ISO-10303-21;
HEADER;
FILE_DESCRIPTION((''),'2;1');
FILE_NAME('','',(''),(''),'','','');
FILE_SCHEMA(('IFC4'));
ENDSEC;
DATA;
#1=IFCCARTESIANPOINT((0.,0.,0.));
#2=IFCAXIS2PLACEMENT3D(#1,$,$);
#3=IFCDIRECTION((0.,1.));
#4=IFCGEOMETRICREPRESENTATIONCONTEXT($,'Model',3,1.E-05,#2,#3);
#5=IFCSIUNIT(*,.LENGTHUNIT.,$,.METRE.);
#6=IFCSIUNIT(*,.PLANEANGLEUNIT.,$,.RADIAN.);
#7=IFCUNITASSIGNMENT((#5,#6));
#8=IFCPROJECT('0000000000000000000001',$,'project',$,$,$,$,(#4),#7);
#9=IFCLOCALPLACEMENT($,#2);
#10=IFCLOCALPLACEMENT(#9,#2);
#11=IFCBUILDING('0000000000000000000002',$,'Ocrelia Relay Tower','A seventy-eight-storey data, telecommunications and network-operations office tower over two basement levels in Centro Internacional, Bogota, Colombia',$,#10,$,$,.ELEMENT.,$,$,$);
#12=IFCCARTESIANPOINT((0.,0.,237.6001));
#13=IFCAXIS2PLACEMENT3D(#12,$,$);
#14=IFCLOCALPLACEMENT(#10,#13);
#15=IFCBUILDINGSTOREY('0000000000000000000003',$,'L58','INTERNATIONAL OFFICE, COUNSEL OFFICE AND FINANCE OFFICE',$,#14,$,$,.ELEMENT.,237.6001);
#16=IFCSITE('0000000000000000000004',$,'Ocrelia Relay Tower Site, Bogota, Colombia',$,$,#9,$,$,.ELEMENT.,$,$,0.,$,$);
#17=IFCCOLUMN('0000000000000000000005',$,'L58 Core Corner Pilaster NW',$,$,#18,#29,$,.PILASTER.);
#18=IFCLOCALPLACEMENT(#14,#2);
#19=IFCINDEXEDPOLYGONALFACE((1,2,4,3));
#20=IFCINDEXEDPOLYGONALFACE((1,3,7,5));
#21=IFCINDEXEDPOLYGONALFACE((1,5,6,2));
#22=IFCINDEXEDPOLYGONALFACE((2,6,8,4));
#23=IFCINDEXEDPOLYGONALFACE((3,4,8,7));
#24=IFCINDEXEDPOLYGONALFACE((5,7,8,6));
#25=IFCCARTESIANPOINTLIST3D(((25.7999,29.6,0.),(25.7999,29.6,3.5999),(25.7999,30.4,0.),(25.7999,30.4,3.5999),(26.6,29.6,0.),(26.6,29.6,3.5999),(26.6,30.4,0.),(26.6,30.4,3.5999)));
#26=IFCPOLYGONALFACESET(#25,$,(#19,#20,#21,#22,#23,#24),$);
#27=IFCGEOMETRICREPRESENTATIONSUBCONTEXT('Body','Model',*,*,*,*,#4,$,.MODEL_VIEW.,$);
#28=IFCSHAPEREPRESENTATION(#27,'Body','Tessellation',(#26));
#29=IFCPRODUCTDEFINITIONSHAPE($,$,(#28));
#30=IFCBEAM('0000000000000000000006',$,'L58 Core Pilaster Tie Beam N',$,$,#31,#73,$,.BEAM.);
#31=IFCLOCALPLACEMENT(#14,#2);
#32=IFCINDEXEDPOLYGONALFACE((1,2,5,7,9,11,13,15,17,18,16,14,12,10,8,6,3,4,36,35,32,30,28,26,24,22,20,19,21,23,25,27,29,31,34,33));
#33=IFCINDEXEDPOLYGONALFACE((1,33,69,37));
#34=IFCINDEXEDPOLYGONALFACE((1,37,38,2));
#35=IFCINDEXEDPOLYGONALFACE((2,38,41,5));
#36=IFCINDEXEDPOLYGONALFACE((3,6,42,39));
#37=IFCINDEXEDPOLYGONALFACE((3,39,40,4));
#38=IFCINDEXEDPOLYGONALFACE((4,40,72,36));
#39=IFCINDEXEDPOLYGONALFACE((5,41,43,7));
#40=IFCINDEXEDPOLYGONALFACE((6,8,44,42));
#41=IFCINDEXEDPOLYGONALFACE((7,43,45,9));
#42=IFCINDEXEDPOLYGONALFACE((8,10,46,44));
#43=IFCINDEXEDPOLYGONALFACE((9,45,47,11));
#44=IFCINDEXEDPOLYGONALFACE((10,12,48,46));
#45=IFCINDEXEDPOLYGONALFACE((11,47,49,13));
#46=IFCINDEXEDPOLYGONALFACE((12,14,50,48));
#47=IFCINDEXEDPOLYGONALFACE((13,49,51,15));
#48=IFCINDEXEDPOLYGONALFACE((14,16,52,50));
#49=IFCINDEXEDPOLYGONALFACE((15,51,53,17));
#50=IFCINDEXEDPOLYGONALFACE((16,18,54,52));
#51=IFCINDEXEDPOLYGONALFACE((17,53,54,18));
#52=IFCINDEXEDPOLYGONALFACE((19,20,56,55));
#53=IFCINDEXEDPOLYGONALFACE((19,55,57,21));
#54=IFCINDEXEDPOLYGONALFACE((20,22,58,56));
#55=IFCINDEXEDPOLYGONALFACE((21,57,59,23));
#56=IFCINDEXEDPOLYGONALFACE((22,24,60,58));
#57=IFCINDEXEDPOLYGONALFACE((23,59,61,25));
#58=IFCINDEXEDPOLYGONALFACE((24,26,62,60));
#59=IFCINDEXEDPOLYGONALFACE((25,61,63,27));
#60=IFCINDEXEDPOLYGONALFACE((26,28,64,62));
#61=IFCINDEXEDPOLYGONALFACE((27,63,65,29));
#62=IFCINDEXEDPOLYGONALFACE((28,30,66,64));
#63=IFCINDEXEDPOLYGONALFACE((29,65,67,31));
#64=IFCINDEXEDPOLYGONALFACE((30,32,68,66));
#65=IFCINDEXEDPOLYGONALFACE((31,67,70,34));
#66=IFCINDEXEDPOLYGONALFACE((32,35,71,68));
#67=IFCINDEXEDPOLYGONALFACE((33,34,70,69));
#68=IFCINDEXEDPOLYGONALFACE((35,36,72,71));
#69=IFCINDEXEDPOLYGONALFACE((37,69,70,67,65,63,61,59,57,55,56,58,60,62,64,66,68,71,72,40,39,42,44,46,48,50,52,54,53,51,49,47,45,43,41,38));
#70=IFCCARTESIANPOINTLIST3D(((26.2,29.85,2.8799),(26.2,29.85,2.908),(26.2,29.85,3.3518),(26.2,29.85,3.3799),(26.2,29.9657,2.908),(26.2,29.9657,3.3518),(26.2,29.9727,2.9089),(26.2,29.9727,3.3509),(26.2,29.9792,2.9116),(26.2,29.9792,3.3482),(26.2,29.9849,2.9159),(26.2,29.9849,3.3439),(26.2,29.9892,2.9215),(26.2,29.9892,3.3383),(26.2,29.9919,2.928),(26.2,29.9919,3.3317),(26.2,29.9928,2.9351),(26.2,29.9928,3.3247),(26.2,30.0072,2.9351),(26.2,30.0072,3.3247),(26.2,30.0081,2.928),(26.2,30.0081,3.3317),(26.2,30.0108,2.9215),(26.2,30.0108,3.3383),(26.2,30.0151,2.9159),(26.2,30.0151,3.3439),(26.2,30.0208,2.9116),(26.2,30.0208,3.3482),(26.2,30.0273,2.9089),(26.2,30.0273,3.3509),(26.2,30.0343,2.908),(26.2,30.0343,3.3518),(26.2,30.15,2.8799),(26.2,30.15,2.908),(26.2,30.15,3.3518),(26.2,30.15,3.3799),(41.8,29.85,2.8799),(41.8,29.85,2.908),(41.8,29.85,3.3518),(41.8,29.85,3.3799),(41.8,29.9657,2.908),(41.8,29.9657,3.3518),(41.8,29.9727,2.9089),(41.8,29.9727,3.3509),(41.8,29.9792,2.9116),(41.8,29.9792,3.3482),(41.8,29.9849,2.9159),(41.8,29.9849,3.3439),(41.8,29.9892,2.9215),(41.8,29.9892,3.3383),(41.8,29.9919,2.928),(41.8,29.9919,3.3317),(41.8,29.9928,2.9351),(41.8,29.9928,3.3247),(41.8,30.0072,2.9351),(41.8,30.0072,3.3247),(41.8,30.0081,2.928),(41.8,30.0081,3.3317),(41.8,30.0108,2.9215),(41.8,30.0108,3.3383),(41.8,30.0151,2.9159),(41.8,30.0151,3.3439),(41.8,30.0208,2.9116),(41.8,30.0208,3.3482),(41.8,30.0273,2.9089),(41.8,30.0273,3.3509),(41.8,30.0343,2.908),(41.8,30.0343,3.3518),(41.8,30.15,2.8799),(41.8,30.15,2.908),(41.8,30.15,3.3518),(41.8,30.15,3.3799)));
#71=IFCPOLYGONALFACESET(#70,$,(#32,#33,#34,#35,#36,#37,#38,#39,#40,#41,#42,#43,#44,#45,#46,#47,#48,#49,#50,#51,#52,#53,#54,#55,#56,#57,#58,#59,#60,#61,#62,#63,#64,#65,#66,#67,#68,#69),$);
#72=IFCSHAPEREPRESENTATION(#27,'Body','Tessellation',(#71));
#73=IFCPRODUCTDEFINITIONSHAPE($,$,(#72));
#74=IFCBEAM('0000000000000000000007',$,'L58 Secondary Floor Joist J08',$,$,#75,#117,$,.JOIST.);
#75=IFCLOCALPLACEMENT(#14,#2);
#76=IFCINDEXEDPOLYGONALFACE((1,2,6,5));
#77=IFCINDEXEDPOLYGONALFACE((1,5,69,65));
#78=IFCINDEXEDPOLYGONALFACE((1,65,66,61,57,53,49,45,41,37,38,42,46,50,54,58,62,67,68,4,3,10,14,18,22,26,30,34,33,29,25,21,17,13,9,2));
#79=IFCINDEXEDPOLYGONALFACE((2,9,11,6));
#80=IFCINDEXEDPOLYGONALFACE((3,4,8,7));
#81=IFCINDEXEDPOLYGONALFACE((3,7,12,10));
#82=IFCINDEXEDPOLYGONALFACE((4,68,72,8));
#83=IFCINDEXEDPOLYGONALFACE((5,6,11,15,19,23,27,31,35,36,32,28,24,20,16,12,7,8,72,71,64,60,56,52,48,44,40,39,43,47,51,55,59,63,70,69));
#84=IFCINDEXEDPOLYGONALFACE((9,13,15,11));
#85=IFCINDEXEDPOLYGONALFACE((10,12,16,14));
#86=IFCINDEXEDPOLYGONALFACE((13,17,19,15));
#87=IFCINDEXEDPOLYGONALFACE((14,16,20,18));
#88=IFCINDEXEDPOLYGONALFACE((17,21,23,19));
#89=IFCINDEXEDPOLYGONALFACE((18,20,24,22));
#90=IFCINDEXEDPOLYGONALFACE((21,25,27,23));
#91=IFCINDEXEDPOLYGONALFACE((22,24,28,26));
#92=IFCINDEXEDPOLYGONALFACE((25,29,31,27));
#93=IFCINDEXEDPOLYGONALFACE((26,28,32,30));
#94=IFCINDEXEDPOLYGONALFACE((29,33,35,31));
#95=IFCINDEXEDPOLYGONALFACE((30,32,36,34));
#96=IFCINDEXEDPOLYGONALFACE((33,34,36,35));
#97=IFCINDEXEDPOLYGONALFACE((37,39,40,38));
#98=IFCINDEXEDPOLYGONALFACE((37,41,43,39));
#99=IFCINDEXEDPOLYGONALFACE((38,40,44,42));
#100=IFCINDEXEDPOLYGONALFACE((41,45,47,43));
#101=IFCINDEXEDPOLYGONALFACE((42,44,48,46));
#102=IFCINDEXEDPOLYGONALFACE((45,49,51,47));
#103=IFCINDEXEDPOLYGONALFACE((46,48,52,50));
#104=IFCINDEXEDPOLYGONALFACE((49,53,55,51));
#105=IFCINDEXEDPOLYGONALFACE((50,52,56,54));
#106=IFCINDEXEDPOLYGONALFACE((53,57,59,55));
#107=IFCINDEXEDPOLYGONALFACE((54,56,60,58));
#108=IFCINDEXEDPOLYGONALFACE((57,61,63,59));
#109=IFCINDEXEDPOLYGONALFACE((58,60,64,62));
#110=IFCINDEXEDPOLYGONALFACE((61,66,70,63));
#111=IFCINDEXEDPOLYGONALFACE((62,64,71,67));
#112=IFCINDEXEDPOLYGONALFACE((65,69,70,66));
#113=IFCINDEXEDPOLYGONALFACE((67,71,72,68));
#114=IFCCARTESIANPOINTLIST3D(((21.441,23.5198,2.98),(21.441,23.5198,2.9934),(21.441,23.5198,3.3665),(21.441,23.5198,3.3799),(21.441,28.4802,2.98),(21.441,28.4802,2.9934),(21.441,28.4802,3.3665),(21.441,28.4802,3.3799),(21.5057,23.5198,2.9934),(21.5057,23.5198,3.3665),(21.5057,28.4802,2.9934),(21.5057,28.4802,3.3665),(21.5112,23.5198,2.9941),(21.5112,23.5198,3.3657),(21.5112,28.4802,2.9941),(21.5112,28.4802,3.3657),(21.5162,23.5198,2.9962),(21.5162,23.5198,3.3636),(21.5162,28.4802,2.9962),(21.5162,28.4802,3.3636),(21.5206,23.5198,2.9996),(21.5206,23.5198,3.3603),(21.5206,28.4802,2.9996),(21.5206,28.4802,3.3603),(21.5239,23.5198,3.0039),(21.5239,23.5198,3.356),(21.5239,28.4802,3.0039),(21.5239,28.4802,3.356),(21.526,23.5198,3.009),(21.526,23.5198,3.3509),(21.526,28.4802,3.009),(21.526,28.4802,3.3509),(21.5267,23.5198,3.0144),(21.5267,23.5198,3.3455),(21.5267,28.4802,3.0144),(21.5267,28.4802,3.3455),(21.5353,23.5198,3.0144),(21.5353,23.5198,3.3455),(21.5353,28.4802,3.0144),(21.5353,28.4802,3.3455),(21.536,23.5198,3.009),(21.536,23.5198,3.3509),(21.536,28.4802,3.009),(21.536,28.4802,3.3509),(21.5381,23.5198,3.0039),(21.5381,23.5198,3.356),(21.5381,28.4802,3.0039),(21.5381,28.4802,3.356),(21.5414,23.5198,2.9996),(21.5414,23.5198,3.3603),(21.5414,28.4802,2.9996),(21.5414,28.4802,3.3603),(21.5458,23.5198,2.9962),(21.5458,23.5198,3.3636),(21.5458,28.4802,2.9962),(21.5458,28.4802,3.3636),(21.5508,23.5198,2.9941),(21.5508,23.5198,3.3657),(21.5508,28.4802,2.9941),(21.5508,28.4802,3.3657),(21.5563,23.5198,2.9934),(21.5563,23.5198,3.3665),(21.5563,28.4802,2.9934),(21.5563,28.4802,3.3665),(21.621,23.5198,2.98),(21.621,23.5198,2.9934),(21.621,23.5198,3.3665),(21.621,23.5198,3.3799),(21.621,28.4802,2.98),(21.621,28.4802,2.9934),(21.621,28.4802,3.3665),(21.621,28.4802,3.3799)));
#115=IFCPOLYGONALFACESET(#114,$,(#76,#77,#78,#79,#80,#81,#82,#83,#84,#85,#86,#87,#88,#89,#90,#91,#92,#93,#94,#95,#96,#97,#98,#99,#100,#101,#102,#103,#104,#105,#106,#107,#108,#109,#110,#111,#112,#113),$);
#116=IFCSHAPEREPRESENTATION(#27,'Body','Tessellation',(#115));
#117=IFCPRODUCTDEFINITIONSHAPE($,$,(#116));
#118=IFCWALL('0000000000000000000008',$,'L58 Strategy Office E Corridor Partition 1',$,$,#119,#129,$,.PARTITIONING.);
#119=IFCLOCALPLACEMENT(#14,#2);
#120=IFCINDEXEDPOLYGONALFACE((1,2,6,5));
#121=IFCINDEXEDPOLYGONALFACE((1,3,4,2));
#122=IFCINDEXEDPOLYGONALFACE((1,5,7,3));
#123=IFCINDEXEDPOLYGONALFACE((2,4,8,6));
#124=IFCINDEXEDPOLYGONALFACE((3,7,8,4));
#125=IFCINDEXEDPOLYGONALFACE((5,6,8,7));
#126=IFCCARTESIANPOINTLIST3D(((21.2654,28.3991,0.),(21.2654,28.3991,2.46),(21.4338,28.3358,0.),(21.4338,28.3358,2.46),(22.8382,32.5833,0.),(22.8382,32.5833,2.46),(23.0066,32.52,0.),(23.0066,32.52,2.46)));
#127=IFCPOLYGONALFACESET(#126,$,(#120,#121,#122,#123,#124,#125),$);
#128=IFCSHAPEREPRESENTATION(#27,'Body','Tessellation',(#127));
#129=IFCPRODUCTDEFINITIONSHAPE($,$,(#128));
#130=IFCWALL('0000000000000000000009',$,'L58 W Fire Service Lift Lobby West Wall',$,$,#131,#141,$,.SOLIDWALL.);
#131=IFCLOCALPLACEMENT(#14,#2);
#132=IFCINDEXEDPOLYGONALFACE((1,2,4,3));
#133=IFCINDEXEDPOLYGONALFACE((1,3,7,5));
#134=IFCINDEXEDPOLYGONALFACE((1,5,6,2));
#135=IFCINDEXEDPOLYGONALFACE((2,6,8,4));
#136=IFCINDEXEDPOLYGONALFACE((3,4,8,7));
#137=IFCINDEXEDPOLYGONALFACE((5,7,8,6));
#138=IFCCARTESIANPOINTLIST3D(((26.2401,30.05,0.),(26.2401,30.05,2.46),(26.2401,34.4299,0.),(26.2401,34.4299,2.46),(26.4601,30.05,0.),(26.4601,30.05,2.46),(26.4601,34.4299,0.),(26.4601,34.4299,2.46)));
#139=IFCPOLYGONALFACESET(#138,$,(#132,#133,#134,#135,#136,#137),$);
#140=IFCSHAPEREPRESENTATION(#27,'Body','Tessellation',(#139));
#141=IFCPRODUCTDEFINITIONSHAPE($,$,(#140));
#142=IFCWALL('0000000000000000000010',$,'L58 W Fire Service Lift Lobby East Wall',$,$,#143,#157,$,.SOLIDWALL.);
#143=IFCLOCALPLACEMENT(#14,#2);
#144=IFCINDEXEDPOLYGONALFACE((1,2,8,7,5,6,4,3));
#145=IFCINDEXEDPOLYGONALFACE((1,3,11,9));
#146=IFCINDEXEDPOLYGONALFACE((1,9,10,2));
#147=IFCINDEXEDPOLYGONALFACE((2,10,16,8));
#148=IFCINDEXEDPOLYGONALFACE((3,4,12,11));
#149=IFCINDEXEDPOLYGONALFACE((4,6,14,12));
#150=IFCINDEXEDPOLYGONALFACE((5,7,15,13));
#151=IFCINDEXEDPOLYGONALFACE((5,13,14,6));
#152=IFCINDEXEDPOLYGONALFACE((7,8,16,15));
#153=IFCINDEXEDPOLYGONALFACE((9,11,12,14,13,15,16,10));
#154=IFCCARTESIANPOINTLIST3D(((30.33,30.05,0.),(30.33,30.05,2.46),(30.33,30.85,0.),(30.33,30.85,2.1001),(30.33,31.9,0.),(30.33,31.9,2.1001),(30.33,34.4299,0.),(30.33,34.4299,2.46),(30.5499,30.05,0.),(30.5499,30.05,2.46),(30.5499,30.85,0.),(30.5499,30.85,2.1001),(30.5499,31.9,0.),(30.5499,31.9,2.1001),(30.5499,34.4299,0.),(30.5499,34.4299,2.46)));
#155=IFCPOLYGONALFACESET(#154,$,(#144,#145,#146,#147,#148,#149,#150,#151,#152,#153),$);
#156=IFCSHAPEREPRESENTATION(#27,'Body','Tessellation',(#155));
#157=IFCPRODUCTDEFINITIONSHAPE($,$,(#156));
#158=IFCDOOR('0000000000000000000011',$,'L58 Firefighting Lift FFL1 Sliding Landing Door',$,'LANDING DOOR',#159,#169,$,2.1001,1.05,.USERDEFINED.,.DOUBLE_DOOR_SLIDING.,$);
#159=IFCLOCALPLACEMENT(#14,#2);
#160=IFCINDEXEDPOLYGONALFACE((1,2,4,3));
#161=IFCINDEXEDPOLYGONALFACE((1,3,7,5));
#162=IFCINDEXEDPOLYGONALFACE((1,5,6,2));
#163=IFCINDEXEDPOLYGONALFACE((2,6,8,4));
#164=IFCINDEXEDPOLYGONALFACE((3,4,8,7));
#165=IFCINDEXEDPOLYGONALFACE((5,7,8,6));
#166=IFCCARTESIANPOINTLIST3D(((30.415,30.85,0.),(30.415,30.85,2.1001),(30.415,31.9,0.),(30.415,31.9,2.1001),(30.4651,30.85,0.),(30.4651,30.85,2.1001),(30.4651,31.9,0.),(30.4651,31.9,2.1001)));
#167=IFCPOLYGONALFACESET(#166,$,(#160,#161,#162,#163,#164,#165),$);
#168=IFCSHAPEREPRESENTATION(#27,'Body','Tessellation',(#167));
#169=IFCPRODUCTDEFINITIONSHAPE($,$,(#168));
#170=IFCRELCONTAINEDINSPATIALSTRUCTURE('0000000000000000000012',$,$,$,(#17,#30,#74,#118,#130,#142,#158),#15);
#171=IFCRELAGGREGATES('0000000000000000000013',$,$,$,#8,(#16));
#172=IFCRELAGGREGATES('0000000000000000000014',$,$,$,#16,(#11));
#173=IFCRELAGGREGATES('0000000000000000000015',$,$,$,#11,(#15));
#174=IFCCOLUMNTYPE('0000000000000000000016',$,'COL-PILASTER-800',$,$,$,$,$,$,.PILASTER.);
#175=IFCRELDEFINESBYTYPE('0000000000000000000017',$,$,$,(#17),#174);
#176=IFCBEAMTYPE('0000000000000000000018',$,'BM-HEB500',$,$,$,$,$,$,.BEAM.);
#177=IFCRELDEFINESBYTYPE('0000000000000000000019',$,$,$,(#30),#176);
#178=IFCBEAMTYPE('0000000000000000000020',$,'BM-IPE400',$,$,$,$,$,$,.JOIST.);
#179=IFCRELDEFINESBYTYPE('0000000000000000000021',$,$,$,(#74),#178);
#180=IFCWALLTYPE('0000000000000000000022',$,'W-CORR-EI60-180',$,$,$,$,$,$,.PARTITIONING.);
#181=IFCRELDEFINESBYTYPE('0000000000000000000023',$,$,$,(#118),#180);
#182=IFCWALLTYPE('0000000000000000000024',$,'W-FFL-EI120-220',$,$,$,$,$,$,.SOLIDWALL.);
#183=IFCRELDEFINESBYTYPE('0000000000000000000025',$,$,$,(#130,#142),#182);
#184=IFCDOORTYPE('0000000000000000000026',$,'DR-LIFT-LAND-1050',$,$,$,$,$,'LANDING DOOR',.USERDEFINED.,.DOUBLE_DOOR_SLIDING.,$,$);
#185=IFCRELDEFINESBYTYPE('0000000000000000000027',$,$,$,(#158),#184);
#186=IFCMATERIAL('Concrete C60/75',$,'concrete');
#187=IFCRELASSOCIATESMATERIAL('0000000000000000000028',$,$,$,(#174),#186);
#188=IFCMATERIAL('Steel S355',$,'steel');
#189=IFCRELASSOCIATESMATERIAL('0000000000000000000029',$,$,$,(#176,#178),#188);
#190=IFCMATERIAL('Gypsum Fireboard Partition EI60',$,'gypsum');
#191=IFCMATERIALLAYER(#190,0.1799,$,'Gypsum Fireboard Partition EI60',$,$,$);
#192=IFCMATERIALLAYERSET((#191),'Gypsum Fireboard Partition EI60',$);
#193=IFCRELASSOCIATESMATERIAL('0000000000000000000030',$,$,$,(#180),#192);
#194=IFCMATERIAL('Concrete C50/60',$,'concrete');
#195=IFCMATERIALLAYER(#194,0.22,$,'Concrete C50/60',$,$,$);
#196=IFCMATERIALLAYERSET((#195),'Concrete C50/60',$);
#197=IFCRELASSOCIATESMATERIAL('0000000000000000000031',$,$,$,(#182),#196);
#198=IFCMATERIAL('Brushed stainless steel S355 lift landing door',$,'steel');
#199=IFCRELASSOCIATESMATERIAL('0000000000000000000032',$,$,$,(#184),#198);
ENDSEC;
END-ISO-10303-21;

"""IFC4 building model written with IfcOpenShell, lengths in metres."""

from ifc_helpers import new_model, si_unit, direction, frame, frame_2d, origin, origin_2d, place, context, subcontext, project, spatial, rectangle, i_section, extrude, material, layer, layer_set, material_profile, profile_set, type_object, element, fill, save


model = new_model("IFC4")

# Units and contexts
model_context = context("Model", 3, precision=1e-05, world=origin(), true_north=direction((0.0, 1.0)))
body_context = subcontext(model_context, "Body", "Model", "MODEL_VIEW")
ifc_project = project(units=[si_unit("LENGTHUNIT", "METRE"), si_unit("PLANEANGLEUNIT", "RADIAN")], contexts=[model_context])

# Site, building, storey
site_placement = place(None, origin())
site = spatial("IfcSite", under=ifc_project, at=site_placement, Name="Ocrelia Relay Tower Site, Bogota, Colombia", CompositionType="ELEMENT", RefElevation=0.0)
building_placement = place(site_placement, origin())
building = spatial("IfcBuilding", under=site, at=building_placement, Name="Ocrelia Relay Tower", Description="A seventy-eight-storey data, telecommunications and network-operations office tower over two basement levels in Centro Internacional, Bogota, Colombia", CompositionType="ELEMENT")
storey_placement = place(building_placement, frame((0.0, 0.0, 237.6001)))
storey = spatial("IfcBuildingStorey", under=building, at=storey_placement, Name="L58", Description="INTERNATIONAL OFFICE, COUNSEL OFFICE AND FINANCE OFFICE", CompositionType="ELEMENT", Elevation=237.6001)

# Column
ifc_material_1 = material(Name="Concrete C60/75", Category="concrete")
ifc_material_profile_1 = material_profile(ifc_material_1, rectangle(XDim=0.8, YDim=0.8, at=origin_2d()), Name="RC-COL-800x800")
ifc_profile_set_1 = profile_set([ifc_material_profile_1], Name="Concrete C60/75")
column_type = type_object("IfcColumnType", Name="COL-PILASTER-800", PredefinedType="PILASTER", material=ifc_profile_set_1)
column_placement = place(storey_placement, frame((26.2, 30.0, 0.0), z_axis=(0.0, 0.0, 1.0), x_axis=(1.0, 0.0, 0.0)))
element("IfcColumn", 1, at=column_placement, inside=storey, type_object=column_type, Name="L58 Core Corner Pilaster NW", PredefinedType="PILASTER", context=body_context, shape_type="SweptSolid", body=[
    extrude(rectangle(XDim=0.8, YDim=0.8, at=origin_2d()), origin(), (0.0, 0.0, 1.0), 3.5999),
])

# Beams
ifc_material_2 = material(Name="Steel S355", Category="steel")
ifc_material_profile_2 = material_profile(ifc_material_2, i_section(OverallWidth=0.3, OverallDepth=0.5, WebThickness=0.0144, FlangeThickness=0.0281, FilletRadius=0.0271, at=origin_2d()), Name="HEB 500")
ifc_profile_set_2 = profile_set([ifc_material_profile_2], Name="Steel S355")
beam_type_1 = type_object("IfcBeamType", Name="BM-HEB500", PredefinedType="BEAM", material=ifc_profile_set_2)
beam_1_placement = place(storey_placement, frame((26.2, 30.0, 3.1299), z_axis=(1.0, 0.0, 0.0), x_axis=(0.0, 1.0, 0.0)))
element("IfcBeam", 2, at=beam_1_placement, inside=storey, type_object=beam_type_1, Name="L58 Core Pilaster Tie Beam N", PredefinedType="BEAM", context=body_context, shape_type="SweptSolid", body=[
    extrude(i_section(OverallWidth=0.3, OverallDepth=0.5, WebThickness=0.0144, FlangeThickness=0.0281, FilletRadius=0.0271, at=origin_2d()), origin(), (0.0, 0.0, 1.0), 15.6001),
])
ifc_material_profile_3 = material_profile(ifc_material_2, i_section(OverallWidth=0.1799, OverallDepth=0.3999, WebThickness=0.0085, FlangeThickness=0.0134, FilletRadius=0.021, at=origin_2d()), Name="IPE 400")
ifc_profile_set_3 = profile_set([ifc_material_profile_3], Name="Steel S355")
beam_type_2 = type_object("IfcBeamType", Name="BM-IPE400", PredefinedType="JOIST", material=ifc_profile_set_3)
beam_2_placement = place(storey_placement, frame((21.531, 28.4802, 3.1799), z_axis=(0.0, -1.0, 0.0), x_axis=(1.0, 0.0, 0.0)))
element("IfcBeam", 3, at=beam_2_placement, inside=storey, type_object=beam_type_2, Name="L58 Secondary Floor Joist J08", PredefinedType="JOIST", context=body_context, shape_type="SweptSolid", body=[
    extrude(i_section(OverallWidth=0.1799, OverallDepth=0.3999, WebThickness=0.0085, FlangeThickness=0.0134, FilletRadius=0.021, at=origin_2d()), origin(), (0.0, 0.0, 1.0), 4.9604),
])

# Shared definitions
ifc_material_3 = material(Name="Concrete C50/60", Category="concrete")

# Walls
ifc_material_4 = material(Name="Gypsum Fireboard Partition EI60", Category="gypsum")
ifc_layer_1 = layer(ifc_material_4, 0.1799, Name="Gypsum Fireboard Partition EI60")
ifc_layer_set_1 = layer_set([ifc_layer_1], Name="Gypsum Fireboard Partition EI60")
wall_type_1 = type_object("IfcWallType", Name="W-CORR-EI60-180", PredefinedType="PARTITIONING", material=ifc_layer_set_1)
wall_1_placement = place(storey_placement, frame((22.9224, 32.5515, 0.0), z_axis=(0.0, 0.0, 1.0), x_axis=(-0.351854, -0.936055, 0.0)))
element("IfcWall", 4, at=wall_1_placement, inside=storey, type_object=wall_type_1, Name="L58 Strategy Office E Corridor Partition 1", PredefinedType="PARTITIONING", context=body_context, shape_type="SweptSolid", body=[
    extrude(rectangle(XDim=4.47, YDim=0.1799, at=frame_2d((2.2349, 0.0))), origin(), (0.0, 0.0, 1.0), 2.46),
])
ifc_layer_2 = layer(ifc_material_3, 0.22, Name="Concrete C50/60")
ifc_layer_set_2 = layer_set([ifc_layer_2], Name="Concrete C50/60")
wall_type_2 = type_object("IfcWallType", Name="W-FFL-EI120-220", PredefinedType="SOLIDWALL", material=ifc_layer_set_2)
wall_2_placement = place(storey_placement, frame((26.3501, 30.05, 0.0), z_axis=(0.0, 0.0, 1.0), x_axis=(0.0, 1.0, 0.0)))
element("IfcWall", 5, at=wall_2_placement, inside=storey, type_object=wall_type_2, Name="L58 W Fire Service Lift Lobby West Wall", PredefinedType="SOLIDWALL", context=body_context, shape_type="SweptSolid", body=[
    extrude(rectangle(XDim=4.3799, YDim=0.22, at=frame_2d((2.1899, 0.0))), origin(), (0.0, 0.0, 1.0), 2.46),
])

# Wall, opening, door
wall_3_placement = place(storey_placement, frame((30.4399, 30.05, 0.0), z_axis=(0.0, 0.0, 1.0), x_axis=(0.0, 1.0, 0.0)))
wall_3 = element("IfcWall", 6, at=wall_3_placement, inside=storey, type_object=wall_type_2, Name="L58 W Fire Service Lift Lobby East Wall", PredefinedType="SOLIDWALL", context=body_context, shape_type="SweptSolid", body=[
    extrude(rectangle(XDim=4.3799, YDim=0.22, at=frame_2d((2.1899, 0.0))), origin(), (0.0, 0.0, 1.0), 2.46),
])
opening_1_placement = place(wall_3_placement, frame((0.8, 0.0, 0.0)))
opening_1 = element("IfcOpeningElement", 7, at=opening_1_placement, cuts=wall_3, PredefinedType="OPENING", context=body_context, shape_type="SweptSolid", body=[
    extrude(rectangle(XDim=1.05, YDim=2.1001, at=frame_2d((0.5249, 1.05))), frame((0.0, 0.1201, 0.0), z_axis=(0.0, -1.0, 0.0), x_axis=(1.0, 0.0, 0.0)), (0.0, 0.0, 1.0), 0.24),
])
ifc_material_5 = material(Name="Brushed stainless steel S355 lift landing door", Category="steel")
door_type_1 = type_object("IfcDoorType", Name="DR-LIFT-LAND-1050", ElementType="LANDING DOOR", OperationType="DOUBLE_DOOR_SLIDING", PredefinedType="USERDEFINED", material=ifc_material_5)
door_1_placement = place(opening_1_placement, origin())
door_1 = element("IfcDoor", 8, at=door_1_placement, inside=storey, type_object=door_type_1, Name="L58 Firefighting Lift FFL1 Sliding Landing Door", ObjectType="LANDING DOOR", OperationType="DOUBLE_DOOR_SLIDING", OverallHeight=2.1001, OverallWidth=1.05, PredefinedType="USERDEFINED", context=body_context, shape_type="SweptSolid", body=[
    extrude(rectangle(XDim=1.05, YDim=2.1001, at=frame_2d((0.5249, 1.05))), frame((0.0, 0.0249, 0.0), z_axis=(0.0, -1.0, 0.0), x_axis=(1.0, 0.0, 0.0)), (0.0, 0.0, 1.0), 0.05),
])
fill(opening_1, door_1)

save(model, "model.ifc")
